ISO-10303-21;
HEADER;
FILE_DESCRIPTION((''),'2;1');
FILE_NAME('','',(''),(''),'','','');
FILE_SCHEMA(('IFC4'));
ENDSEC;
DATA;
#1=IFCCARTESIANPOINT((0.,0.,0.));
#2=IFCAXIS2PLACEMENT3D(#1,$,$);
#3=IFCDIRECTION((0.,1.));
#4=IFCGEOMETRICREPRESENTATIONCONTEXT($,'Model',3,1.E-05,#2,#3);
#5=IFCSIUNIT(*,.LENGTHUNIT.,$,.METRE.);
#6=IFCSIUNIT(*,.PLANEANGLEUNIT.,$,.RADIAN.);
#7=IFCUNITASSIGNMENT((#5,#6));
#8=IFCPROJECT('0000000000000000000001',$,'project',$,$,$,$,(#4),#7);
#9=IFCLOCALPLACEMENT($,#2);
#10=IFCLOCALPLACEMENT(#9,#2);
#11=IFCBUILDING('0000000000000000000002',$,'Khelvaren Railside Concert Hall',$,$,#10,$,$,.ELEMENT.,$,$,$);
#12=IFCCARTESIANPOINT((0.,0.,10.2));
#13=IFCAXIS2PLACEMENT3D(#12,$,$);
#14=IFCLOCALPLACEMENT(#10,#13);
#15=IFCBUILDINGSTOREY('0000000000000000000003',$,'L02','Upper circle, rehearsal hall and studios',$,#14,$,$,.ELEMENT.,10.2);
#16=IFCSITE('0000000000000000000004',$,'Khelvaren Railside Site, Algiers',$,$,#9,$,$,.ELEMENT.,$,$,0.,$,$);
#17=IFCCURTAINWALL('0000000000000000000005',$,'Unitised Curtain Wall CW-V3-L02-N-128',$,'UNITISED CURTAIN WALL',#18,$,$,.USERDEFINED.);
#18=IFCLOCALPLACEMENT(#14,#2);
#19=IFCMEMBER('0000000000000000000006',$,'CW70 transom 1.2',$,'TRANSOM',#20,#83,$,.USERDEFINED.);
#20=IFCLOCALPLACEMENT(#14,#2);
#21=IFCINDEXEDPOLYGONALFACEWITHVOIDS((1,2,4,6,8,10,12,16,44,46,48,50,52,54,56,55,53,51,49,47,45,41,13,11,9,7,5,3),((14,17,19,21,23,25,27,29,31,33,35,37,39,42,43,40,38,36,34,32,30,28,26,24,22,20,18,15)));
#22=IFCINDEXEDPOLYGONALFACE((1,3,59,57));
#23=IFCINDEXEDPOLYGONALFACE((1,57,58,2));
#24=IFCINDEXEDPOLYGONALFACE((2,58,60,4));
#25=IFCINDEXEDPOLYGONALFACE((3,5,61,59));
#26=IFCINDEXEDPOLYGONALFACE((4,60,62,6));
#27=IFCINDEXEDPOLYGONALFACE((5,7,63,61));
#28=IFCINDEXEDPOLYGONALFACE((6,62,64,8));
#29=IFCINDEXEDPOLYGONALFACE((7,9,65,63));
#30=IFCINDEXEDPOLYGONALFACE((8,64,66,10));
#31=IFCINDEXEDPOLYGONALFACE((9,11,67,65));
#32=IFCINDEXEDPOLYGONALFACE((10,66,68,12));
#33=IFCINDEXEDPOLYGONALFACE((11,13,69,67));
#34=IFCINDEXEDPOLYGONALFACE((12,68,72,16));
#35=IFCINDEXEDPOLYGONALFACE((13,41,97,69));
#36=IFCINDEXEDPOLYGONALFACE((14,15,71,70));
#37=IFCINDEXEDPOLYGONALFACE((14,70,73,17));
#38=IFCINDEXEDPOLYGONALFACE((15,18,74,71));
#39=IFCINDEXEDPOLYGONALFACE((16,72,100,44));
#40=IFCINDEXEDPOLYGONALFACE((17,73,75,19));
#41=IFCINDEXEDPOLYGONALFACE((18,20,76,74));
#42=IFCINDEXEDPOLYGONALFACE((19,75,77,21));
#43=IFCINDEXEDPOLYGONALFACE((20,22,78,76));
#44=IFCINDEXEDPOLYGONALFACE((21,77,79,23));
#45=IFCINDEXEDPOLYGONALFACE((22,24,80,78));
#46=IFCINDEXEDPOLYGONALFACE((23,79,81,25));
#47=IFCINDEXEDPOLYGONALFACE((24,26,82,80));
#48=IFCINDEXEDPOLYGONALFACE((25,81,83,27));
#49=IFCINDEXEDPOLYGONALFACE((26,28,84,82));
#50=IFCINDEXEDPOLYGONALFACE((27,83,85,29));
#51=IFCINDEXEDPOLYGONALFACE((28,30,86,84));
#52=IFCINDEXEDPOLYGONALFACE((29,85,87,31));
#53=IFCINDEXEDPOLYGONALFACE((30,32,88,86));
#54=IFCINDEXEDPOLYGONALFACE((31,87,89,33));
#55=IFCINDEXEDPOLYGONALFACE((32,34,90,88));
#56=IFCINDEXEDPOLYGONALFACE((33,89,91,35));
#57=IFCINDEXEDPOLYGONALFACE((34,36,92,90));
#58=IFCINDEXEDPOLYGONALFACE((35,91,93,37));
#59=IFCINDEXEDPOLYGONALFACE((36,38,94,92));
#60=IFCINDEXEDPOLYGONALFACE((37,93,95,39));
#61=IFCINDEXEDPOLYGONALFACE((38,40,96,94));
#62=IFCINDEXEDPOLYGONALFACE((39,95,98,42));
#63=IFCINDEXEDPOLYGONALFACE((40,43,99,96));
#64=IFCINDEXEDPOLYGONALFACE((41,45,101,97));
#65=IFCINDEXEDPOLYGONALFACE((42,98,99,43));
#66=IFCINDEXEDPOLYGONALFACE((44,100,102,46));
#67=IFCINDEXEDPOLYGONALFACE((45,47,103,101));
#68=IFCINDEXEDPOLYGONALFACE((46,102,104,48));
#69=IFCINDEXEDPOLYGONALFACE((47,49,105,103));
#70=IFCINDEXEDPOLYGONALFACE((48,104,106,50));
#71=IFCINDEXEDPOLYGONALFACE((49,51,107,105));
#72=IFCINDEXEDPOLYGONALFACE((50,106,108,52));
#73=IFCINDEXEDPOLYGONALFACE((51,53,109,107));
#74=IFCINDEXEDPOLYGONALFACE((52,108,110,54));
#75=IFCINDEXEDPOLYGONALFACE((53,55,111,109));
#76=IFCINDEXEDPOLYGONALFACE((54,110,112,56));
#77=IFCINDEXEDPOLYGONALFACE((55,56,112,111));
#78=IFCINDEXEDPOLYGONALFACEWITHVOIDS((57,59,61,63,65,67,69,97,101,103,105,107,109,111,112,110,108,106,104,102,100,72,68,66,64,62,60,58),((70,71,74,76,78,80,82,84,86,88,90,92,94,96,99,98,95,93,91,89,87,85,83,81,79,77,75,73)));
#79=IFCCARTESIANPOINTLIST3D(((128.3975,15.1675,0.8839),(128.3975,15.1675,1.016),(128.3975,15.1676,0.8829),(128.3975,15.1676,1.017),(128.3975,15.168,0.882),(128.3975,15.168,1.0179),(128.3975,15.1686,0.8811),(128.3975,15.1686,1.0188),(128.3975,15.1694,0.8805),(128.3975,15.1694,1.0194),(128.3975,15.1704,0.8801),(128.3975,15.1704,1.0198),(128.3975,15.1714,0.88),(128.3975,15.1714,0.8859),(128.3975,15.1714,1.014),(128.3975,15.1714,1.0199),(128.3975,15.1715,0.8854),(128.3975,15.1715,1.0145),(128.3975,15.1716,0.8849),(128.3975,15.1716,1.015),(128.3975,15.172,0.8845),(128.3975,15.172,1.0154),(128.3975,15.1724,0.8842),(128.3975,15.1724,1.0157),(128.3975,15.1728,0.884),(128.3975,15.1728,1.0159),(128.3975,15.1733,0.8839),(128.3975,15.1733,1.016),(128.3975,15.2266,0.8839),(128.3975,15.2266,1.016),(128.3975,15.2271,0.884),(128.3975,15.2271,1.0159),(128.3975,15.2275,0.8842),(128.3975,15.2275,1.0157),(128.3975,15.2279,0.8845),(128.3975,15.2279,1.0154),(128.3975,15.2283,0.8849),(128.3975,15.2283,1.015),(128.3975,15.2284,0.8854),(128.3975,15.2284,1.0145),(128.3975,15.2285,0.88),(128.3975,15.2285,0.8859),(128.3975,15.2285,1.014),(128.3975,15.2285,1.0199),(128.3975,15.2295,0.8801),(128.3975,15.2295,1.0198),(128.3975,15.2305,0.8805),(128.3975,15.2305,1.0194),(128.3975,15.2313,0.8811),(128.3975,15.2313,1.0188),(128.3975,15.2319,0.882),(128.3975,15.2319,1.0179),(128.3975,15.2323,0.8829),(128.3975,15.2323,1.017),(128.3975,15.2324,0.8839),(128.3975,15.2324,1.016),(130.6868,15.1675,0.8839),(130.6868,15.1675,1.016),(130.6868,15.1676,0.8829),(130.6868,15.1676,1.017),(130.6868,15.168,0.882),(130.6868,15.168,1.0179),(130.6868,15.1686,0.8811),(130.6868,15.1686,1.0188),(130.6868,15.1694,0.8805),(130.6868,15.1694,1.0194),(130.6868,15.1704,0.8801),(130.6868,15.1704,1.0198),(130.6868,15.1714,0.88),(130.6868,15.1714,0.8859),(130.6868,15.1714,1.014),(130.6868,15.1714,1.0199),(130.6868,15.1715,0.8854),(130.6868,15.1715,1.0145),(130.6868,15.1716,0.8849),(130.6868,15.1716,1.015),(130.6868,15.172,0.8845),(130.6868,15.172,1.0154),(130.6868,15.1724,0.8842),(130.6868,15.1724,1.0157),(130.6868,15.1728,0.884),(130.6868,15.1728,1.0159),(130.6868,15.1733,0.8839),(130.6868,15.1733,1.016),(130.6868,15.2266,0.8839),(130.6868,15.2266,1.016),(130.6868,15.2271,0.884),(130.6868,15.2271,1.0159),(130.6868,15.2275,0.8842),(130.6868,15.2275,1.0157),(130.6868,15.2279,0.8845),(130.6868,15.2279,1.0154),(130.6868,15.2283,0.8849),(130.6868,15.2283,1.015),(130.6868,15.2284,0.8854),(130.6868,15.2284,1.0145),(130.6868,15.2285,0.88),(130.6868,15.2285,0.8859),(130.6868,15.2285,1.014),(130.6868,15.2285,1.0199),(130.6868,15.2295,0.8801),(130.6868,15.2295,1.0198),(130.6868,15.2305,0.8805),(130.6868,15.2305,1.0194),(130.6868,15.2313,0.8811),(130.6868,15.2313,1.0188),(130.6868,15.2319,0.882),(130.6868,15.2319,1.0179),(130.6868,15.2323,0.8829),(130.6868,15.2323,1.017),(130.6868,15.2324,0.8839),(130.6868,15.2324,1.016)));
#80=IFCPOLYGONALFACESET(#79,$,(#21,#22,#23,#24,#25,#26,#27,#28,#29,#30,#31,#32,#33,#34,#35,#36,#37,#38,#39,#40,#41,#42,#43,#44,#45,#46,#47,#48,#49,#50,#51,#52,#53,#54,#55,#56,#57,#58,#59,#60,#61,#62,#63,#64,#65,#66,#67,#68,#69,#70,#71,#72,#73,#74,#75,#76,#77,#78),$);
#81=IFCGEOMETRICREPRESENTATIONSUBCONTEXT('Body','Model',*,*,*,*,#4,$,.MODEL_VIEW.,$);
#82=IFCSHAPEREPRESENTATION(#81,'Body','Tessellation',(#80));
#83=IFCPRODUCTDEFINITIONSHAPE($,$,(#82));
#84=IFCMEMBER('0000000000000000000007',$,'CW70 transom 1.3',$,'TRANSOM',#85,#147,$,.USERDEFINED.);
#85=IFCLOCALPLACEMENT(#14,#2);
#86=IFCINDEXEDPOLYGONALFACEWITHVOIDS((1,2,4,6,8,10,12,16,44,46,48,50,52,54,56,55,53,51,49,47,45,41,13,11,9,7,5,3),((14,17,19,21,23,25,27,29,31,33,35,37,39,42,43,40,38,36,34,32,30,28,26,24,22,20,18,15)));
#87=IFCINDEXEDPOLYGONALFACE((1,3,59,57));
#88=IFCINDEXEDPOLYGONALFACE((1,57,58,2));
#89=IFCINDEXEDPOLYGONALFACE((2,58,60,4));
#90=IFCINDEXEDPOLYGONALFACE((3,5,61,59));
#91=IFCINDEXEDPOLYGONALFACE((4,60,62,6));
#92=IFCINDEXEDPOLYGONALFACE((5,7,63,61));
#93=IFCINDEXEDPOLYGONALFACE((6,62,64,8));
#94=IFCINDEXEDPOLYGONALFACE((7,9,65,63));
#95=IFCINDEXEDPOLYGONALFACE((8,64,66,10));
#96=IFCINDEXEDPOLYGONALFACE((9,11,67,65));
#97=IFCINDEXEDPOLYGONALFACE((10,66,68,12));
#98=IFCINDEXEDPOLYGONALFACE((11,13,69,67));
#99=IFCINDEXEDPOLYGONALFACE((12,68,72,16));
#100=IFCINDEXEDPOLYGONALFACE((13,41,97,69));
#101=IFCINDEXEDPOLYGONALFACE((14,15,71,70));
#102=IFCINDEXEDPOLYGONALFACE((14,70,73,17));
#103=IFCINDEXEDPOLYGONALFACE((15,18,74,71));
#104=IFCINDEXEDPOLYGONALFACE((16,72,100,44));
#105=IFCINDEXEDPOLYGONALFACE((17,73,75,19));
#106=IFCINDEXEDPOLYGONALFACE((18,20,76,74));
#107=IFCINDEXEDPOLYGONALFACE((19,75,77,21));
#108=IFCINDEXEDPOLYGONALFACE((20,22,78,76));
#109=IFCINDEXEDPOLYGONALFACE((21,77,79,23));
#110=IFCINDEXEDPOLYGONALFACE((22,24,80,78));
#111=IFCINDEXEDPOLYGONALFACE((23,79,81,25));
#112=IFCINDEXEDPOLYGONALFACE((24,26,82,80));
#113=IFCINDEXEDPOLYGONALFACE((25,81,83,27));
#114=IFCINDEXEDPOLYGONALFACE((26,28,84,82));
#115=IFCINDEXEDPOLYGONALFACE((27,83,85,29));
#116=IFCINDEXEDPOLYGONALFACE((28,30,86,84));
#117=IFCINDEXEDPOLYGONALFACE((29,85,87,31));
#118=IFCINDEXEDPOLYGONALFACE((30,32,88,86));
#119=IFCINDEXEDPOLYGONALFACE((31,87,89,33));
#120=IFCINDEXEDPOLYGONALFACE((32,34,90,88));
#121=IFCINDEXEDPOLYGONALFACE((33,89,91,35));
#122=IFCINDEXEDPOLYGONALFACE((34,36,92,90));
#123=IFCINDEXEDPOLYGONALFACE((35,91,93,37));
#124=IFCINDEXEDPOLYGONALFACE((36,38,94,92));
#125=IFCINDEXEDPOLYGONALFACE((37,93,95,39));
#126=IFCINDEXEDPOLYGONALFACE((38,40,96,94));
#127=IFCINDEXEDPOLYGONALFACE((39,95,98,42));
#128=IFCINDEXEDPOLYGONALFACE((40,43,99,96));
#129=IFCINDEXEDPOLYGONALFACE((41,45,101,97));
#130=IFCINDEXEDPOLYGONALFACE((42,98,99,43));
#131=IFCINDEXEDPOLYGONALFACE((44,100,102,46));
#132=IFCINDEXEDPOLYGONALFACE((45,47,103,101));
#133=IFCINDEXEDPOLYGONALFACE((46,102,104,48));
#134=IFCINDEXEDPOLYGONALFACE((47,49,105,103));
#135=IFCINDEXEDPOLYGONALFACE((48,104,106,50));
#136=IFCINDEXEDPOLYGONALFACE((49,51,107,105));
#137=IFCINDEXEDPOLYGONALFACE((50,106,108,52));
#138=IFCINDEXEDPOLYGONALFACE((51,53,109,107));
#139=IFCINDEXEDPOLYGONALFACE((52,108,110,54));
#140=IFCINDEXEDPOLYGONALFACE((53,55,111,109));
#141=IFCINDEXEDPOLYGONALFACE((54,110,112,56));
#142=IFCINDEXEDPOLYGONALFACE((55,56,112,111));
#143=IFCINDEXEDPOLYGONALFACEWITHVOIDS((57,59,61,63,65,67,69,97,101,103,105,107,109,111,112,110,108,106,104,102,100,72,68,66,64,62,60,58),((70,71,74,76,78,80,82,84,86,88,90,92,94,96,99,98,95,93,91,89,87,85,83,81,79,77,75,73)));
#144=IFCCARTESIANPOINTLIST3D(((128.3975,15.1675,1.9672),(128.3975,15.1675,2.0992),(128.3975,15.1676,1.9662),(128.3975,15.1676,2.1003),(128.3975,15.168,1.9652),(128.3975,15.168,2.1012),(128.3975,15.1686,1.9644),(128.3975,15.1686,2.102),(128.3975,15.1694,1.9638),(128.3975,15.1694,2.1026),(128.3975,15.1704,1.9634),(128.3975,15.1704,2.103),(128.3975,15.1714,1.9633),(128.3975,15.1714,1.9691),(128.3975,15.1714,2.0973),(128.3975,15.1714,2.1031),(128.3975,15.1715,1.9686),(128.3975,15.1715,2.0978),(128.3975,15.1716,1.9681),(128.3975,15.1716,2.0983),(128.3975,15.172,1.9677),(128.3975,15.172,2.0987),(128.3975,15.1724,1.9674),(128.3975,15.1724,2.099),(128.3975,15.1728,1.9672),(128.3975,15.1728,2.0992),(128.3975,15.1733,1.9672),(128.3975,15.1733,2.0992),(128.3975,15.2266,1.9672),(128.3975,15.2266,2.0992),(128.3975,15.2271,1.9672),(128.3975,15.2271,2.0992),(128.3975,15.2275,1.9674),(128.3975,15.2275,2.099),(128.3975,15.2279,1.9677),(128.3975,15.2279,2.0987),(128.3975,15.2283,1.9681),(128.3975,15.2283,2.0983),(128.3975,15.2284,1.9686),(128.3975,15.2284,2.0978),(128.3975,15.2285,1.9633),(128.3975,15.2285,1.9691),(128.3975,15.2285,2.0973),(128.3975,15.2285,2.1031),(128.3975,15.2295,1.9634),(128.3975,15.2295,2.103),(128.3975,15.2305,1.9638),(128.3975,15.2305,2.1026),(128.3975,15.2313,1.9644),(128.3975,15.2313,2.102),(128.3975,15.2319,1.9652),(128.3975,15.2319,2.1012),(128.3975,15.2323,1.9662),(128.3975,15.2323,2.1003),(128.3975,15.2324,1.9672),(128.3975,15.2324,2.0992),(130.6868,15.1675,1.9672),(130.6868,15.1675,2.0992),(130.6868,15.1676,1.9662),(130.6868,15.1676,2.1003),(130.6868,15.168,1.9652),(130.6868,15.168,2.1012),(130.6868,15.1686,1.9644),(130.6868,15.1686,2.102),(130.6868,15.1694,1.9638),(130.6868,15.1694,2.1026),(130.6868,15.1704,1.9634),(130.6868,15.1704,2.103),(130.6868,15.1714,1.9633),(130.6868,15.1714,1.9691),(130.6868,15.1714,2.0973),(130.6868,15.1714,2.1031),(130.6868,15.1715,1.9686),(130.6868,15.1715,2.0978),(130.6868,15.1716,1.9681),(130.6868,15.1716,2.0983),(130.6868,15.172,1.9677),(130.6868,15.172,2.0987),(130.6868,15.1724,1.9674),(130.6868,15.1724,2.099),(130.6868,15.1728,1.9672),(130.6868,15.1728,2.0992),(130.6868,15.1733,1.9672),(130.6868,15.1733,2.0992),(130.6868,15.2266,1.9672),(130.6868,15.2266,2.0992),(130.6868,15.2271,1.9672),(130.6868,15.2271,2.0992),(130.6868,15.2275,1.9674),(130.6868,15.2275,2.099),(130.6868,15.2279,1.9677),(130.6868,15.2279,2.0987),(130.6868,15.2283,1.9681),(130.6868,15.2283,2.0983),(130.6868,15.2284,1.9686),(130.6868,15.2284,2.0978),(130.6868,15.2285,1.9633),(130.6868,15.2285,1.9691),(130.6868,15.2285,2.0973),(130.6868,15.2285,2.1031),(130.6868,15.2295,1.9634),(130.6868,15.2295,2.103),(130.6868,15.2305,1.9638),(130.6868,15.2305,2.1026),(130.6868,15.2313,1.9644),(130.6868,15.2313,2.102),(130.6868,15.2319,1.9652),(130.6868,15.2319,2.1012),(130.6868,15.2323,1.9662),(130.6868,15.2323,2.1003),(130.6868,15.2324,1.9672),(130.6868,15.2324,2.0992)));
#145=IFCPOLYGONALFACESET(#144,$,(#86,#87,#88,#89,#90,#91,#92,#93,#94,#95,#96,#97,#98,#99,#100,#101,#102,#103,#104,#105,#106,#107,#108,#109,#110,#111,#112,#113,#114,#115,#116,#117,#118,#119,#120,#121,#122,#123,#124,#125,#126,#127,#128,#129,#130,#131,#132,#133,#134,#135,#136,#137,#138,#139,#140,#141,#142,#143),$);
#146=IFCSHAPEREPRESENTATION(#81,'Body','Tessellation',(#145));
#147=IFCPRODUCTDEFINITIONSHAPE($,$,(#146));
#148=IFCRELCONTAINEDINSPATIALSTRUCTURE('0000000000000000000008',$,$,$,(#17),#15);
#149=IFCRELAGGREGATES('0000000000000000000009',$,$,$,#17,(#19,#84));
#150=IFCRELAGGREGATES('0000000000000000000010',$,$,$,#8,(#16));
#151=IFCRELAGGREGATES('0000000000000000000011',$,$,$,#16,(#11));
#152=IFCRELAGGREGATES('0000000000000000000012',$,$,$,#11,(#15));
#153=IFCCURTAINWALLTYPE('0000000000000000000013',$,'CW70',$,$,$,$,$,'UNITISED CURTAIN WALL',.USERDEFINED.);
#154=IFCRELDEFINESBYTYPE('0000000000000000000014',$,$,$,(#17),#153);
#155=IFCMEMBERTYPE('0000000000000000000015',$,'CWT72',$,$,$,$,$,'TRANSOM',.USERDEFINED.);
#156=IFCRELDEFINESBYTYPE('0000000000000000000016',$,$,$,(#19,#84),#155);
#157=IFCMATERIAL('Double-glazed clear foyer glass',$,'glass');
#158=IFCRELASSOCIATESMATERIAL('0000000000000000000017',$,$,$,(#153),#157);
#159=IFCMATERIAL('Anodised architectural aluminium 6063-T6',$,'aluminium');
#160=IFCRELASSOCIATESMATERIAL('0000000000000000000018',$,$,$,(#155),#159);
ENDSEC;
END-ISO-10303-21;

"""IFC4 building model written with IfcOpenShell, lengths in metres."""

from ifc_helpers import new_model, si_unit, direction, frame, origin, origin_2d, place, context, subcontext, project, spatial, hollow_rectangle, extrude, material, material_profile, profile_set, type_object, element, aggregate, save


model = new_model("IFC4")

# Units and contexts
model_context = context("Model", 3, precision=1e-05, world=origin(), true_north=direction((0.0, 1.0)))
body_context = subcontext(model_context, "Body", "Model", "MODEL_VIEW")
ifc_project = project(units=[si_unit("LENGTHUNIT", "METRE"), si_unit("PLANEANGLEUNIT", "RADIAN")], contexts=[model_context])

# Site, building, storey
site_placement = place(None, origin())
site = spatial("IfcSite", under=ifc_project, at=site_placement, Name="Khelvaren Railside Site, Algiers", CompositionType="ELEMENT", RefElevation=0.0)
building_placement = place(site_placement, origin())
building = spatial("IfcBuilding", under=site, at=building_placement, Name="Khelvaren Railside Concert Hall", CompositionType="ELEMENT")
storey_placement = place(building_placement, frame((0.0, 0.0, 10.2)))
storey = spatial("IfcBuildingStorey", under=building, at=storey_placement, Name="L02", Description="Upper circle, rehearsal hall and studios", CompositionType="ELEMENT", Elevation=10.2)

# Curtain wall, members
ifc_material_1 = material(Name="Double-glazed clear foyer glass", Category="glass")
curtain_wall_type = type_object("IfcCurtainWallType", Name="CW70", ElementType="UNITISED CURTAIN WALL", PredefinedType="USERDEFINED", material=ifc_material_1)
curtain_wall_placement = place(storey_placement, origin())
curtain_wall = element("IfcCurtainWall", 1, at=curtain_wall_placement, inside=storey, type_object=curtain_wall_type, Name="Unitised Curtain Wall CW-V3-L02-N-128", ObjectType="UNITISED CURTAIN WALL", PredefinedType="USERDEFINED")
ifc_material_2 = material(Name="Anodised architectural aluminium 6063-T6", Category="aluminium")
ifc_material_profile_1 = material_profile(ifc_material_2, hollow_rectangle(XDim=0.0649, YDim=0.1399, WallThickness=0.0039, InnerFilletRadius=0.002, OuterFilletRadius=0.0039, at=origin_2d()), Name="CWT 65x140x4")
ifc_profile_set_1 = profile_set([ifc_material_profile_1], Name="Anodised architectural aluminium 6063-T6")
member_type_1 = type_object("IfcMemberType", Name="CWT72", ElementType="TRANSOM", PredefinedType="USERDEFINED", material=ifc_profile_set_1)
member_1_placement = place(storey_placement, frame((128.3975, 15.2, 0.95), z_axis=(1.0, 0.0, 0.0), x_axis=(0.0, 1.0, 0.0)))
member_1 = element("IfcMember", 2, at=member_1_placement, type_object=member_type_1, Name="CW70 transom 1.2", ObjectType="TRANSOM", PredefinedType="USERDEFINED", context=body_context, shape_type="SweptSolid", body=[
    extrude(hollow_rectangle(XDim=0.0649, YDim=0.1399, WallThickness=0.0039, InnerFilletRadius=0.002, OuterFilletRadius=0.0039, at=origin_2d()), origin(), (0.0, 0.0, 1.0), 2.2893),
])
member_2_placement = place(storey_placement, frame((128.3975, 15.2, 2.0332), z_axis=(1.0, 0.0, 0.0), x_axis=(0.0, 1.0, 0.0)))
member_2 = element("IfcMember", 3, at=member_2_placement, type_object=member_type_1, Name="CW70 transom 1.3", ObjectType="TRANSOM", PredefinedType="USERDEFINED", context=body_context, shape_type="SweptSolid", body=[
    extrude(hollow_rectangle(XDim=0.0649, YDim=0.1399, WallThickness=0.0039, InnerFilletRadius=0.002, OuterFilletRadius=0.0039, at=origin_2d()), origin(), (0.0, 0.0, 1.0), 2.2893),
])

aggregate(curtain_wall, [member_1, member_2])

save(model, "model.ifc")
